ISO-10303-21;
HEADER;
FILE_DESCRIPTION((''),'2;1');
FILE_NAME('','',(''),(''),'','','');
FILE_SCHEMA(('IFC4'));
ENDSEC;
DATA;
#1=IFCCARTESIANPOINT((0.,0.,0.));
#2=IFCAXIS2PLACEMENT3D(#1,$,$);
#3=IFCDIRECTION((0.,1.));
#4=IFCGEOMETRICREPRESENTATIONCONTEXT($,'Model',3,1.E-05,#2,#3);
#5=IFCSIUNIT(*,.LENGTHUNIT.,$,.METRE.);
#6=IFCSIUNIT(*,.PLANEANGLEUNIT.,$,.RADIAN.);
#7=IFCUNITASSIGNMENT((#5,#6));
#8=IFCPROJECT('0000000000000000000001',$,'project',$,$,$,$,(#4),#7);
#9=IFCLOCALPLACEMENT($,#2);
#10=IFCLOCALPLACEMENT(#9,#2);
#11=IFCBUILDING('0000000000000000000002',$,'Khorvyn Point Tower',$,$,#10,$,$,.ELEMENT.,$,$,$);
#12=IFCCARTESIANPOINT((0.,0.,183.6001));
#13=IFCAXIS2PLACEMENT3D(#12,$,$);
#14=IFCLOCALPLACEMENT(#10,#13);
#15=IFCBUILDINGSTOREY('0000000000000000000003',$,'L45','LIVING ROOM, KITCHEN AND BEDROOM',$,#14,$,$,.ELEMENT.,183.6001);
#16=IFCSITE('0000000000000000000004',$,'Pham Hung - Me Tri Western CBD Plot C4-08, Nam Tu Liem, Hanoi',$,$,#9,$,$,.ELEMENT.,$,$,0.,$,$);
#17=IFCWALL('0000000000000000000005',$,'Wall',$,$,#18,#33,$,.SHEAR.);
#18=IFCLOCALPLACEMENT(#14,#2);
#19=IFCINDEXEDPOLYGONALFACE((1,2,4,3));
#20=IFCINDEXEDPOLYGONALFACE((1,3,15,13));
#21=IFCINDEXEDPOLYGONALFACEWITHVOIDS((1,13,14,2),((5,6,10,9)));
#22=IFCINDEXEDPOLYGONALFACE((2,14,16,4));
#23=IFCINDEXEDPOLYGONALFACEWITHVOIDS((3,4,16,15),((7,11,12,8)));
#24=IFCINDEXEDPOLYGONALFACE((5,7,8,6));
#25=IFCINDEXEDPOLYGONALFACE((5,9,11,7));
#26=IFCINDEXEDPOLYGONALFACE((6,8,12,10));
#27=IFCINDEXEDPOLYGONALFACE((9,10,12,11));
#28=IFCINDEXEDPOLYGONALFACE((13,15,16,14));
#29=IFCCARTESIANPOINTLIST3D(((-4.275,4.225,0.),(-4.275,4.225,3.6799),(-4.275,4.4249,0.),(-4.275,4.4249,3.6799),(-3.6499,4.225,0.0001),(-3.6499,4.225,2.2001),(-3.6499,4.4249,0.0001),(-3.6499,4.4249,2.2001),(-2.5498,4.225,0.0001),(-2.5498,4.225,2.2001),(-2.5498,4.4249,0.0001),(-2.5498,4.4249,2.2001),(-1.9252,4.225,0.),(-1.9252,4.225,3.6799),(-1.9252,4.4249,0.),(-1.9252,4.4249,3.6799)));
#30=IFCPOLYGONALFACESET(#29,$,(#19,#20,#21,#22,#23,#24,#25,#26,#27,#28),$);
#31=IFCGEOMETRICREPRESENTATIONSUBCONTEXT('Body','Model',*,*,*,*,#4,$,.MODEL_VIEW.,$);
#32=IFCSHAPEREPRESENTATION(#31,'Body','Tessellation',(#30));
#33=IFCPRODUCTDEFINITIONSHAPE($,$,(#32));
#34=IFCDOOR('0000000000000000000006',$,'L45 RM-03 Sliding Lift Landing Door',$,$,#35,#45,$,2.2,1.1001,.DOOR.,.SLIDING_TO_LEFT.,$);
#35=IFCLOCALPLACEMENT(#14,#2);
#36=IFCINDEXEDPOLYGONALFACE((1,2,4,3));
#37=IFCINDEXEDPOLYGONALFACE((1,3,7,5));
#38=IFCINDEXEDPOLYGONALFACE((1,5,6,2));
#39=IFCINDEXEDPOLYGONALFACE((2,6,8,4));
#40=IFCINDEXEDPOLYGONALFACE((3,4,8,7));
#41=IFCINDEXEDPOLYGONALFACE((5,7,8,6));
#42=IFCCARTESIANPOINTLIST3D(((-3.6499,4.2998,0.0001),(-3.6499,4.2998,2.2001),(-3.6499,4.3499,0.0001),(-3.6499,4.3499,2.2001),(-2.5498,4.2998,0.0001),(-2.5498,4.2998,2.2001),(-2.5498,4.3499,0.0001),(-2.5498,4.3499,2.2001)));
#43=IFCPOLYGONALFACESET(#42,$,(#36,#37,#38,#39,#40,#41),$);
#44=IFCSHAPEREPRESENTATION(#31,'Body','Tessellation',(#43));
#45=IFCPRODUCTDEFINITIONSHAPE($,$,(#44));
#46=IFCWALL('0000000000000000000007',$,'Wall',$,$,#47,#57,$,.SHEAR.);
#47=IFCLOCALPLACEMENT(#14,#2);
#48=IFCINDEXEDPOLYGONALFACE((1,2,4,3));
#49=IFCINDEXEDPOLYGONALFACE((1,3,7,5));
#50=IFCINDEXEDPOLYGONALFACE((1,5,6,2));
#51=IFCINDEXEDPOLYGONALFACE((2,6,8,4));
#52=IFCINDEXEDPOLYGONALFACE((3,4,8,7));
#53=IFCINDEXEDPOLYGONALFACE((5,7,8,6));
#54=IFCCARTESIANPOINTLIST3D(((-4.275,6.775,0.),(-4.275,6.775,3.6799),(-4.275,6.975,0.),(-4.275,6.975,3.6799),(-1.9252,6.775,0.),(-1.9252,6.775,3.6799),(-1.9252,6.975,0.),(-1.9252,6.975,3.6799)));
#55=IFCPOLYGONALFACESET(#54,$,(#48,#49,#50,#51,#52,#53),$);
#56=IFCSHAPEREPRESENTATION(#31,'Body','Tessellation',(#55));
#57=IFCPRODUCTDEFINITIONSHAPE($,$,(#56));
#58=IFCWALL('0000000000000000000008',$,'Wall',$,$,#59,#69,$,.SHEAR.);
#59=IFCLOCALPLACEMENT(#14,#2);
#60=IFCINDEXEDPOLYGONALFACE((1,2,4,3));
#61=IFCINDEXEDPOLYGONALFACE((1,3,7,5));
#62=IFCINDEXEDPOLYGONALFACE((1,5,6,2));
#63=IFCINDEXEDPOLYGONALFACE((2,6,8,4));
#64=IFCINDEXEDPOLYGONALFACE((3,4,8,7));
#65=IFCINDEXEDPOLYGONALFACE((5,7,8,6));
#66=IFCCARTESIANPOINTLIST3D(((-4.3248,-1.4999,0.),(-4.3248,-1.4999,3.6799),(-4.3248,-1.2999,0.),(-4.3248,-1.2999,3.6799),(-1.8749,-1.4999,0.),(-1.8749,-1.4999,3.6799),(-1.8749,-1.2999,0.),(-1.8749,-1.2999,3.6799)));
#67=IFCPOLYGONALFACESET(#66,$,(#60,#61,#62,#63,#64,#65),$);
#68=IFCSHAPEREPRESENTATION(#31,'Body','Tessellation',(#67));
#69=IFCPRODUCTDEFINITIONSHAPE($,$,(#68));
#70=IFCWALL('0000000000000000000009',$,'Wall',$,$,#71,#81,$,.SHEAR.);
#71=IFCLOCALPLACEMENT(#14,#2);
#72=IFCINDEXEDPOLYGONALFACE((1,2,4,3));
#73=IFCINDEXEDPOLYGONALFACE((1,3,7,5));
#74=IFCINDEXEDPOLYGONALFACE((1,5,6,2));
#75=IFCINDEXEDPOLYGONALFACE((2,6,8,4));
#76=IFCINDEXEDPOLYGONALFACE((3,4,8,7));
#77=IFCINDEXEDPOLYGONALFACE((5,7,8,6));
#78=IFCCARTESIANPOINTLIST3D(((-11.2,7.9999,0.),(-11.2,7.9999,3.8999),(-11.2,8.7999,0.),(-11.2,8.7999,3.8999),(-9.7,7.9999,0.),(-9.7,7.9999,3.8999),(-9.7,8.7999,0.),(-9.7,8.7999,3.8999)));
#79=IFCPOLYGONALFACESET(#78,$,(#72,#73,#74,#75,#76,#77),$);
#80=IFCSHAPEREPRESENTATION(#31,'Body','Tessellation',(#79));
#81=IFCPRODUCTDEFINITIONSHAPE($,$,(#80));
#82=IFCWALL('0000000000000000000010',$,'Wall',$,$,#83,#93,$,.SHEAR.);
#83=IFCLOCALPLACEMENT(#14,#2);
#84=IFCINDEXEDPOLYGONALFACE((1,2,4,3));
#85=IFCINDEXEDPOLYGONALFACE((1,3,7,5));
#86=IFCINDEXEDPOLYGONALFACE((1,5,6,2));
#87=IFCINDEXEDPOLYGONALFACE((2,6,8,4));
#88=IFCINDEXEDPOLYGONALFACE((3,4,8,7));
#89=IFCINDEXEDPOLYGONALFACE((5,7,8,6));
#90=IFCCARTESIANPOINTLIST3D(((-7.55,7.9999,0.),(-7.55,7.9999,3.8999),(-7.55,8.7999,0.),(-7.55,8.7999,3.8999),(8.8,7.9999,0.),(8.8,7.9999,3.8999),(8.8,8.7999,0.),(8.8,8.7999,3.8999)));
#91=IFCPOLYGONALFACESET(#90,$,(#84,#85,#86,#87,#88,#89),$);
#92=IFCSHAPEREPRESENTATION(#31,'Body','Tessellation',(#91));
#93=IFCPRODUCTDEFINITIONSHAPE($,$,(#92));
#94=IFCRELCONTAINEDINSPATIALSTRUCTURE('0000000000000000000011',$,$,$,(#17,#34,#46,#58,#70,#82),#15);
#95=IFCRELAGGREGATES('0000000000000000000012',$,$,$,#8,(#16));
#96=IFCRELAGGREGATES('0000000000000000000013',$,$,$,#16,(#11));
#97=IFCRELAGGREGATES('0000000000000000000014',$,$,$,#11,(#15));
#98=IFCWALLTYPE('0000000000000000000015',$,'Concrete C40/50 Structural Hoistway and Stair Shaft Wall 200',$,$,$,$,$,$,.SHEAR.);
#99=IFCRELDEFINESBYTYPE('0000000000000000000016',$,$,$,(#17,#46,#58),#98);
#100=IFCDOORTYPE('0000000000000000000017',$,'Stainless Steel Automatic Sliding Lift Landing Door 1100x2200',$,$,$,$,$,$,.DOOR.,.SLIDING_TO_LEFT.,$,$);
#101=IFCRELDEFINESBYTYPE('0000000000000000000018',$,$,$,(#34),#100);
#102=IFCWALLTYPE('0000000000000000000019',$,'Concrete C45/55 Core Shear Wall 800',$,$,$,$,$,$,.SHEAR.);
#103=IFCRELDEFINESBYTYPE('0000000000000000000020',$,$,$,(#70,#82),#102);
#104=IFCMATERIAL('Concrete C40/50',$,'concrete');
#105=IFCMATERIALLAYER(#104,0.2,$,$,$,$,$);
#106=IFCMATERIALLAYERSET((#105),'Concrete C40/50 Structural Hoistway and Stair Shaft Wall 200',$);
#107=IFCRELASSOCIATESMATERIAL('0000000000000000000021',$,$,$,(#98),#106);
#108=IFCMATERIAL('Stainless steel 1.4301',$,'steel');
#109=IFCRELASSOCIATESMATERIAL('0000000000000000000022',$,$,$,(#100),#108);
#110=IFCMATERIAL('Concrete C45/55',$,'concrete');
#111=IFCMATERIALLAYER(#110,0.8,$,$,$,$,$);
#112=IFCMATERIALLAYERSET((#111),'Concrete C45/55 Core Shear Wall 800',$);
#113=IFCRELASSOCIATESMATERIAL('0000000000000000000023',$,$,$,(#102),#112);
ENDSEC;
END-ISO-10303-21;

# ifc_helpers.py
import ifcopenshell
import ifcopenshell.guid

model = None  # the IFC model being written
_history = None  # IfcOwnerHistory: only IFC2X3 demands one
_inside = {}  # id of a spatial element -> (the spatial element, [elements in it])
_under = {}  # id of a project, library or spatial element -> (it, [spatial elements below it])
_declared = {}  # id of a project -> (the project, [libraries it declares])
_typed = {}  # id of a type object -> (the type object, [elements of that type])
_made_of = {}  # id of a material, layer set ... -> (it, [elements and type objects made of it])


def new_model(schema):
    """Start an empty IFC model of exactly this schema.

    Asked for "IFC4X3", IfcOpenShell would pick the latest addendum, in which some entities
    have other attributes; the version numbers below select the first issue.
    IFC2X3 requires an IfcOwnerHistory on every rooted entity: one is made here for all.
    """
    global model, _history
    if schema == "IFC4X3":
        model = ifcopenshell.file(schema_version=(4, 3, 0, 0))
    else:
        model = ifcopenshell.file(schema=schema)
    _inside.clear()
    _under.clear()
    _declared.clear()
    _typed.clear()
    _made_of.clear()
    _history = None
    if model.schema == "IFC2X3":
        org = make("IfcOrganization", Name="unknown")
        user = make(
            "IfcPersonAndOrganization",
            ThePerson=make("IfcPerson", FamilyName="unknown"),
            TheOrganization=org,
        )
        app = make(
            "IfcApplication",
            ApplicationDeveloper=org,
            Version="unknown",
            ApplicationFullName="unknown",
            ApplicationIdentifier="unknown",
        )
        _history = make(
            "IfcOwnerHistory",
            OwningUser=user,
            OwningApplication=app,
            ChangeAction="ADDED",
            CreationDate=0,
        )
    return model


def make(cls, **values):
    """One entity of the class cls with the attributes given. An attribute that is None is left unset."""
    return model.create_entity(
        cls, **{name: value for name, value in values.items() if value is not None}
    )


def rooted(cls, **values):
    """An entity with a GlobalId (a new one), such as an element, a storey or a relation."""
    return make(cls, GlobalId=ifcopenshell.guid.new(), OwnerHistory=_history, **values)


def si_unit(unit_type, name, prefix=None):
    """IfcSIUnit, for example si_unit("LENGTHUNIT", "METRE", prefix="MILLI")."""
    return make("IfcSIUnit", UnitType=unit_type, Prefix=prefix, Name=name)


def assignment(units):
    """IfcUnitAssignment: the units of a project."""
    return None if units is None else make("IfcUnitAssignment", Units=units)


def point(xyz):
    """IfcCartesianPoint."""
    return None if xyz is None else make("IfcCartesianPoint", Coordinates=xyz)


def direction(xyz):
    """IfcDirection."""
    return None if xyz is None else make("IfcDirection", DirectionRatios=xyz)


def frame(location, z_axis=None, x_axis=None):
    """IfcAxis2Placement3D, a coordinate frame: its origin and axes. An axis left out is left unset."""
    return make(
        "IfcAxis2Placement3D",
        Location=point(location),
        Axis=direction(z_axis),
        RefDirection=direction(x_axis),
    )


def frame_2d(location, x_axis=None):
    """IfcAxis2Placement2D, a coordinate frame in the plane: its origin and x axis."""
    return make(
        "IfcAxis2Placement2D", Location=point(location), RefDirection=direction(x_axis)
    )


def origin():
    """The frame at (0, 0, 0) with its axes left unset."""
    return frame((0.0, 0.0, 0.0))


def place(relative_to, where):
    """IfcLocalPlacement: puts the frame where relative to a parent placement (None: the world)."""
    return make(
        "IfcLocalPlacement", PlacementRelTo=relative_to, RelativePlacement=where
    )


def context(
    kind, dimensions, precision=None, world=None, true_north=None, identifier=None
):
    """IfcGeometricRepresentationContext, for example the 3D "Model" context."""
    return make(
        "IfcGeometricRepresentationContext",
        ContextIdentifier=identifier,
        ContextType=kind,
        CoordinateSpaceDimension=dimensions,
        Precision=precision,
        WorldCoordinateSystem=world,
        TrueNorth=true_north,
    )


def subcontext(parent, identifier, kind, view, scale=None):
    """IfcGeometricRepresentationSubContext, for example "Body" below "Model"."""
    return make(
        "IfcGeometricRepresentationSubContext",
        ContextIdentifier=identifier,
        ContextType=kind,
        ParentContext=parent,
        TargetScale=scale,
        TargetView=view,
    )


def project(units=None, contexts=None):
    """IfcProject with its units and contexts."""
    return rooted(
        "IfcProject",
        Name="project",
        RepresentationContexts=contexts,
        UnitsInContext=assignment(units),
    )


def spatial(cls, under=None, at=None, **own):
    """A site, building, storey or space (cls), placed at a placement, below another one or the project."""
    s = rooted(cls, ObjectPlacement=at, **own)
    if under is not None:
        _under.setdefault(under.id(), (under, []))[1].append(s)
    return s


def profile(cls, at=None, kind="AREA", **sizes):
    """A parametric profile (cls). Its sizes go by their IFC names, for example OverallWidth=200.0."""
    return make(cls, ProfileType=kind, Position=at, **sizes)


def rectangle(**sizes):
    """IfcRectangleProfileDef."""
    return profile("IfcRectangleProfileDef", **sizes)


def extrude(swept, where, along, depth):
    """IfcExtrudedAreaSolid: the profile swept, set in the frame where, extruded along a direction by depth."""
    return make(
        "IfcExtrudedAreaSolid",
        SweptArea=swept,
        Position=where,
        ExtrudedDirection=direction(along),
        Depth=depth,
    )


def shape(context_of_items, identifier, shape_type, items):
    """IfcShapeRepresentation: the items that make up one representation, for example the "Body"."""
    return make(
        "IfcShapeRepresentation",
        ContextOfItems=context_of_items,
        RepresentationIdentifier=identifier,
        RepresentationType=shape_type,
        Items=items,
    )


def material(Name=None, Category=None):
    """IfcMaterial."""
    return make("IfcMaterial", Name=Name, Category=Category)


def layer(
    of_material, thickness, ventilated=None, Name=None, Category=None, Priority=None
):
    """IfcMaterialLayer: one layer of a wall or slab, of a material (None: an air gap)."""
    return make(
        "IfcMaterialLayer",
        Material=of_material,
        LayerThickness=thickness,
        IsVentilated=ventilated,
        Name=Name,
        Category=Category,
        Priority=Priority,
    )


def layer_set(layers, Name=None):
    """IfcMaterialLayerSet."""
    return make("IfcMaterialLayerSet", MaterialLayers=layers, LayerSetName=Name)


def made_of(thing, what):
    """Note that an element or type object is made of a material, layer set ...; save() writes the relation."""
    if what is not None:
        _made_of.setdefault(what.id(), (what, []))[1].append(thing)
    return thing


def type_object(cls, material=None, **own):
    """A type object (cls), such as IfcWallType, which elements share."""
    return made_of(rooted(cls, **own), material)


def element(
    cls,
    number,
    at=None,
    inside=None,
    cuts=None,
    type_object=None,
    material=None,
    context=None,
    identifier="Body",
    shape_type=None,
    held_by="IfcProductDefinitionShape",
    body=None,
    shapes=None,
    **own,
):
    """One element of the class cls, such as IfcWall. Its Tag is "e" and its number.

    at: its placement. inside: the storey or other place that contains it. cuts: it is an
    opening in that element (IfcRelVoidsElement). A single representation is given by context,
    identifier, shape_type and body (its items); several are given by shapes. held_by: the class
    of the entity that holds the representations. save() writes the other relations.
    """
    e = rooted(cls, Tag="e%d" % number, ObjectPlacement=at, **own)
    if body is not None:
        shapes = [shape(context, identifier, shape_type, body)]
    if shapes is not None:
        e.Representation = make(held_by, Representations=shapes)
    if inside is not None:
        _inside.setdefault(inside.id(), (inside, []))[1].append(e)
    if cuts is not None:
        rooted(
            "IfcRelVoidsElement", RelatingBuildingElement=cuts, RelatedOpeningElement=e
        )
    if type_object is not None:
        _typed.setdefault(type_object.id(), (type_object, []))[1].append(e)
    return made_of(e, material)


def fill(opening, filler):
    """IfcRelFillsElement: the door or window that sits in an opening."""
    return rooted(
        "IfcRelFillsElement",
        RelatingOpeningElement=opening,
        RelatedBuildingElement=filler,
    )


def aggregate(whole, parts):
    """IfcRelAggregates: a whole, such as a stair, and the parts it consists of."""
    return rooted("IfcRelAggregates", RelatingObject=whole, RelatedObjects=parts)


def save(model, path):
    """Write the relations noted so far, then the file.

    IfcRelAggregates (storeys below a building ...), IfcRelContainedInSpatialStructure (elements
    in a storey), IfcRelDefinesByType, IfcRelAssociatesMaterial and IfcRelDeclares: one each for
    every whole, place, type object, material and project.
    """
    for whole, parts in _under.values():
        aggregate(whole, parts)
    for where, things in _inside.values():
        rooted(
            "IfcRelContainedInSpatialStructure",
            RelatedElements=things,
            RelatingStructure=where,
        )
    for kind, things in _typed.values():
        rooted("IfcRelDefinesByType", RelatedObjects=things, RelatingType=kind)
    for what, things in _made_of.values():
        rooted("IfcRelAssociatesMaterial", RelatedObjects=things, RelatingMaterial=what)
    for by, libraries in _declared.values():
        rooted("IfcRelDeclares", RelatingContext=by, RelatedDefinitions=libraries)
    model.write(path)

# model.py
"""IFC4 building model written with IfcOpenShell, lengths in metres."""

from ifc_helpers import new_model, si_unit, direction, frame, frame_2d, origin, place, context, subcontext, project, spatial, rectangle, extrude, material, layer, layer_set, type_object, element, fill, save


model = new_model("IFC4")

# Units and contexts
model_context = context("Model", 3, precision=1e-05, world=origin(), true_north=direction((0.0, 1.0)))
body_context = subcontext(model_context, "Body", "Model", "MODEL_VIEW")
ifc_project = project(units=[si_unit("LENGTHUNIT", "METRE"), si_unit("PLANEANGLEUNIT", "RADIAN")], contexts=[model_context])

# Site, building, storey
site_placement = place(None, origin())
site = spatial("IfcSite", under=ifc_project, at=site_placement, Name="Pham Hung - Me Tri Western CBD Plot C4-08, Nam Tu Liem, Hanoi", CompositionType="ELEMENT", RefElevation=0.0)
building_placement = place(site_placement, origin())
building = spatial("IfcBuilding", under=site, at=building_placement, Name="Khorvyn Point Tower", CompositionType="ELEMENT")
storey_placement = place(building_placement, frame((0.0, 0.0, 183.6001)))
storey = spatial("IfcBuildingStorey", under=building, at=storey_placement, Name="L45", Description="LIVING ROOM, KITCHEN AND BEDROOM", CompositionType="ELEMENT", Elevation=183.6001)

# Shared definitions
ifc_material_1 = material(Name="Concrete C40/50", Category="concrete")
ifc_material_2 = material(Name="Concrete C45/55", Category="concrete")

# Shared definitions
ifc_layer_1 = layer(ifc_material_1, 0.2)
ifc_layer_set_1 = layer_set([ifc_layer_1], Name="Concrete C40/50 Structural Hoistway and Stair Shaft Wall 200")
wall_type_1 = type_object("IfcWallType", Name="Concrete C40/50 Structural Hoistway and Stair Shaft Wall 200", PredefinedType="SHEAR", material=ifc_layer_set_1)
ifc_material_3 = material(Name="Stainless steel 1.4301", Category="steel")
door_type_1 = type_object("IfcDoorType", Name="Stainless Steel Automatic Sliding Lift Landing Door 1100x2200", OperationType="SLIDING_TO_LEFT", PredefinedType="DOOR", material=ifc_material_3)

# Wall, opening, door
wall_1_placement = place(storey_placement, frame((-4.2749, 4.325, 0.0), z_axis=(0.0, 0.0, 1.0), x_axis=(1.0, 0.0, 0.0)))
wall_1 = element("IfcWall", 1, at=wall_1_placement, inside=storey, type_object=wall_type_1, Name="Wall", PredefinedType="SHEAR", context=body_context, shape_type="SweptSolid", body=[
    extrude(rectangle(XDim=2.3499, YDim=0.2, at=frame_2d((1.1748, 0.0))), origin(), (0.0, 0.0, 1.0), 3.6799),
])
opening_1_placement = place(wall_1_placement, frame((0.625, 0.0, 0.0)))
opening_1 = element("IfcOpeningElement", 2, at=opening_1_placement, cuts=wall_1, PredefinedType="OPENING", context=body_context, shape_type="SweptSolid", body=[
    extrude(rectangle(XDim=1.1001, YDim=2.2, at=frame_2d((0.55, 1.1001))), frame((0.0, 0.1099, 0.0), z_axis=(0.0, -1.0, 0.0), x_axis=(1.0, 0.0, 0.0)), (0.0, 0.0, 1.0), 0.22),
])
door_1_placement = place(opening_1_placement, origin())
door_1 = element("IfcDoor", 3, at=door_1_placement, inside=storey, type_object=door_type_1, Name="L45 RM-03 Sliding Lift Landing Door", OperationType="SLIDING_TO_LEFT", OverallHeight=2.2, OverallWidth=1.1001, PredefinedType="DOOR", context=body_context, shape_type="SweptSolid", body=[
    extrude(rectangle(XDim=1.1001, YDim=2.2, at=frame_2d((0.55, 1.1001))), frame((0.0, 0.0249, 0.0), z_axis=(0.0, -1.0, 0.0), x_axis=(1.0, 0.0, 0.0)), (0.0, 0.0, 1.0), 0.05),
])
fill(opening_1, door_1)

# Walls
wall_2_placement = place(storey_placement, frame((-4.2749, 6.875, 0.0), z_axis=(0.0, 0.0, 1.0), x_axis=(1.0, 0.0, 0.0)))
element("IfcWall", 4, at=wall_2_placement, inside=storey, type_object=wall_type_1, Name="Wall", PredefinedType="SHEAR", context=body_context, shape_type="SweptSolid", body=[
    extrude(rectangle(XDim=2.3499, YDim=0.2, at=frame_2d((1.1748, 0.0))), origin(), (0.0, 0.0, 1.0), 3.6799),
])
wall_3_placement = place(storey_placement, frame((-4.325, -1.3999, 0.0), z_axis=(0.0, 0.0, 1.0), x_axis=(1.0, 0.0, 0.0)))
element("IfcWall", 5, at=wall_3_placement, inside=storey, type_object=wall_type_1, Name="Wall", PredefinedType="SHEAR", context=body_context, shape_type="SweptSolid", body=[
    extrude(rectangle(XDim=2.45, YDim=0.2, at=frame_2d((1.2251, 0.0))), origin(), (0.0, 0.0, 1.0), 3.6799),
])
ifc_layer_2 = layer(ifc_material_2, 0.8)
ifc_layer_set_2 = layer_set([ifc_layer_2], Name="Concrete C45/55 Core Shear Wall 800")
wall_type_2 = type_object("IfcWallType", Name="Concrete C45/55 Core Shear Wall 800", PredefinedType="SHEAR", material=ifc_layer_set_2)
wall_4_placement = place(storey_placement, frame((-11.2, 8.3999, 0.0), z_axis=(0.0, 0.0, 1.0), x_axis=(1.0, 0.0, 0.0)))
element("IfcWall", 6, at=wall_4_placement, inside=storey, type_object=wall_type_2, Name="Wall", PredefinedType="SHEAR", context=body_context, shape_type="SweptSolid", body=[
    extrude(rectangle(XDim=1.5, YDim=0.8, at=frame_2d((0.75, 0.0))), origin(), (0.0, 0.0, 1.0), 3.8999),
])
wall_5_placement = place(storey_placement, frame((-7.55, 8.3999, 0.0), z_axis=(0.0, 0.0, 1.0), x_axis=(1.0, 0.0, 0.0)))
element("IfcWall", 7, at=wall_5_placement, inside=storey, type_object=wall_type_2, Name="Wall", PredefinedType="SHEAR", context=body_context, shape_type="SweptSolid", body=[
    extrude(rectangle(XDim=16.3501, YDim=0.8, at=frame_2d((8.175, 0.0))), origin(), (0.0, 0.0, 1.0), 3.8999),
])

save(model, "model.ifc")
